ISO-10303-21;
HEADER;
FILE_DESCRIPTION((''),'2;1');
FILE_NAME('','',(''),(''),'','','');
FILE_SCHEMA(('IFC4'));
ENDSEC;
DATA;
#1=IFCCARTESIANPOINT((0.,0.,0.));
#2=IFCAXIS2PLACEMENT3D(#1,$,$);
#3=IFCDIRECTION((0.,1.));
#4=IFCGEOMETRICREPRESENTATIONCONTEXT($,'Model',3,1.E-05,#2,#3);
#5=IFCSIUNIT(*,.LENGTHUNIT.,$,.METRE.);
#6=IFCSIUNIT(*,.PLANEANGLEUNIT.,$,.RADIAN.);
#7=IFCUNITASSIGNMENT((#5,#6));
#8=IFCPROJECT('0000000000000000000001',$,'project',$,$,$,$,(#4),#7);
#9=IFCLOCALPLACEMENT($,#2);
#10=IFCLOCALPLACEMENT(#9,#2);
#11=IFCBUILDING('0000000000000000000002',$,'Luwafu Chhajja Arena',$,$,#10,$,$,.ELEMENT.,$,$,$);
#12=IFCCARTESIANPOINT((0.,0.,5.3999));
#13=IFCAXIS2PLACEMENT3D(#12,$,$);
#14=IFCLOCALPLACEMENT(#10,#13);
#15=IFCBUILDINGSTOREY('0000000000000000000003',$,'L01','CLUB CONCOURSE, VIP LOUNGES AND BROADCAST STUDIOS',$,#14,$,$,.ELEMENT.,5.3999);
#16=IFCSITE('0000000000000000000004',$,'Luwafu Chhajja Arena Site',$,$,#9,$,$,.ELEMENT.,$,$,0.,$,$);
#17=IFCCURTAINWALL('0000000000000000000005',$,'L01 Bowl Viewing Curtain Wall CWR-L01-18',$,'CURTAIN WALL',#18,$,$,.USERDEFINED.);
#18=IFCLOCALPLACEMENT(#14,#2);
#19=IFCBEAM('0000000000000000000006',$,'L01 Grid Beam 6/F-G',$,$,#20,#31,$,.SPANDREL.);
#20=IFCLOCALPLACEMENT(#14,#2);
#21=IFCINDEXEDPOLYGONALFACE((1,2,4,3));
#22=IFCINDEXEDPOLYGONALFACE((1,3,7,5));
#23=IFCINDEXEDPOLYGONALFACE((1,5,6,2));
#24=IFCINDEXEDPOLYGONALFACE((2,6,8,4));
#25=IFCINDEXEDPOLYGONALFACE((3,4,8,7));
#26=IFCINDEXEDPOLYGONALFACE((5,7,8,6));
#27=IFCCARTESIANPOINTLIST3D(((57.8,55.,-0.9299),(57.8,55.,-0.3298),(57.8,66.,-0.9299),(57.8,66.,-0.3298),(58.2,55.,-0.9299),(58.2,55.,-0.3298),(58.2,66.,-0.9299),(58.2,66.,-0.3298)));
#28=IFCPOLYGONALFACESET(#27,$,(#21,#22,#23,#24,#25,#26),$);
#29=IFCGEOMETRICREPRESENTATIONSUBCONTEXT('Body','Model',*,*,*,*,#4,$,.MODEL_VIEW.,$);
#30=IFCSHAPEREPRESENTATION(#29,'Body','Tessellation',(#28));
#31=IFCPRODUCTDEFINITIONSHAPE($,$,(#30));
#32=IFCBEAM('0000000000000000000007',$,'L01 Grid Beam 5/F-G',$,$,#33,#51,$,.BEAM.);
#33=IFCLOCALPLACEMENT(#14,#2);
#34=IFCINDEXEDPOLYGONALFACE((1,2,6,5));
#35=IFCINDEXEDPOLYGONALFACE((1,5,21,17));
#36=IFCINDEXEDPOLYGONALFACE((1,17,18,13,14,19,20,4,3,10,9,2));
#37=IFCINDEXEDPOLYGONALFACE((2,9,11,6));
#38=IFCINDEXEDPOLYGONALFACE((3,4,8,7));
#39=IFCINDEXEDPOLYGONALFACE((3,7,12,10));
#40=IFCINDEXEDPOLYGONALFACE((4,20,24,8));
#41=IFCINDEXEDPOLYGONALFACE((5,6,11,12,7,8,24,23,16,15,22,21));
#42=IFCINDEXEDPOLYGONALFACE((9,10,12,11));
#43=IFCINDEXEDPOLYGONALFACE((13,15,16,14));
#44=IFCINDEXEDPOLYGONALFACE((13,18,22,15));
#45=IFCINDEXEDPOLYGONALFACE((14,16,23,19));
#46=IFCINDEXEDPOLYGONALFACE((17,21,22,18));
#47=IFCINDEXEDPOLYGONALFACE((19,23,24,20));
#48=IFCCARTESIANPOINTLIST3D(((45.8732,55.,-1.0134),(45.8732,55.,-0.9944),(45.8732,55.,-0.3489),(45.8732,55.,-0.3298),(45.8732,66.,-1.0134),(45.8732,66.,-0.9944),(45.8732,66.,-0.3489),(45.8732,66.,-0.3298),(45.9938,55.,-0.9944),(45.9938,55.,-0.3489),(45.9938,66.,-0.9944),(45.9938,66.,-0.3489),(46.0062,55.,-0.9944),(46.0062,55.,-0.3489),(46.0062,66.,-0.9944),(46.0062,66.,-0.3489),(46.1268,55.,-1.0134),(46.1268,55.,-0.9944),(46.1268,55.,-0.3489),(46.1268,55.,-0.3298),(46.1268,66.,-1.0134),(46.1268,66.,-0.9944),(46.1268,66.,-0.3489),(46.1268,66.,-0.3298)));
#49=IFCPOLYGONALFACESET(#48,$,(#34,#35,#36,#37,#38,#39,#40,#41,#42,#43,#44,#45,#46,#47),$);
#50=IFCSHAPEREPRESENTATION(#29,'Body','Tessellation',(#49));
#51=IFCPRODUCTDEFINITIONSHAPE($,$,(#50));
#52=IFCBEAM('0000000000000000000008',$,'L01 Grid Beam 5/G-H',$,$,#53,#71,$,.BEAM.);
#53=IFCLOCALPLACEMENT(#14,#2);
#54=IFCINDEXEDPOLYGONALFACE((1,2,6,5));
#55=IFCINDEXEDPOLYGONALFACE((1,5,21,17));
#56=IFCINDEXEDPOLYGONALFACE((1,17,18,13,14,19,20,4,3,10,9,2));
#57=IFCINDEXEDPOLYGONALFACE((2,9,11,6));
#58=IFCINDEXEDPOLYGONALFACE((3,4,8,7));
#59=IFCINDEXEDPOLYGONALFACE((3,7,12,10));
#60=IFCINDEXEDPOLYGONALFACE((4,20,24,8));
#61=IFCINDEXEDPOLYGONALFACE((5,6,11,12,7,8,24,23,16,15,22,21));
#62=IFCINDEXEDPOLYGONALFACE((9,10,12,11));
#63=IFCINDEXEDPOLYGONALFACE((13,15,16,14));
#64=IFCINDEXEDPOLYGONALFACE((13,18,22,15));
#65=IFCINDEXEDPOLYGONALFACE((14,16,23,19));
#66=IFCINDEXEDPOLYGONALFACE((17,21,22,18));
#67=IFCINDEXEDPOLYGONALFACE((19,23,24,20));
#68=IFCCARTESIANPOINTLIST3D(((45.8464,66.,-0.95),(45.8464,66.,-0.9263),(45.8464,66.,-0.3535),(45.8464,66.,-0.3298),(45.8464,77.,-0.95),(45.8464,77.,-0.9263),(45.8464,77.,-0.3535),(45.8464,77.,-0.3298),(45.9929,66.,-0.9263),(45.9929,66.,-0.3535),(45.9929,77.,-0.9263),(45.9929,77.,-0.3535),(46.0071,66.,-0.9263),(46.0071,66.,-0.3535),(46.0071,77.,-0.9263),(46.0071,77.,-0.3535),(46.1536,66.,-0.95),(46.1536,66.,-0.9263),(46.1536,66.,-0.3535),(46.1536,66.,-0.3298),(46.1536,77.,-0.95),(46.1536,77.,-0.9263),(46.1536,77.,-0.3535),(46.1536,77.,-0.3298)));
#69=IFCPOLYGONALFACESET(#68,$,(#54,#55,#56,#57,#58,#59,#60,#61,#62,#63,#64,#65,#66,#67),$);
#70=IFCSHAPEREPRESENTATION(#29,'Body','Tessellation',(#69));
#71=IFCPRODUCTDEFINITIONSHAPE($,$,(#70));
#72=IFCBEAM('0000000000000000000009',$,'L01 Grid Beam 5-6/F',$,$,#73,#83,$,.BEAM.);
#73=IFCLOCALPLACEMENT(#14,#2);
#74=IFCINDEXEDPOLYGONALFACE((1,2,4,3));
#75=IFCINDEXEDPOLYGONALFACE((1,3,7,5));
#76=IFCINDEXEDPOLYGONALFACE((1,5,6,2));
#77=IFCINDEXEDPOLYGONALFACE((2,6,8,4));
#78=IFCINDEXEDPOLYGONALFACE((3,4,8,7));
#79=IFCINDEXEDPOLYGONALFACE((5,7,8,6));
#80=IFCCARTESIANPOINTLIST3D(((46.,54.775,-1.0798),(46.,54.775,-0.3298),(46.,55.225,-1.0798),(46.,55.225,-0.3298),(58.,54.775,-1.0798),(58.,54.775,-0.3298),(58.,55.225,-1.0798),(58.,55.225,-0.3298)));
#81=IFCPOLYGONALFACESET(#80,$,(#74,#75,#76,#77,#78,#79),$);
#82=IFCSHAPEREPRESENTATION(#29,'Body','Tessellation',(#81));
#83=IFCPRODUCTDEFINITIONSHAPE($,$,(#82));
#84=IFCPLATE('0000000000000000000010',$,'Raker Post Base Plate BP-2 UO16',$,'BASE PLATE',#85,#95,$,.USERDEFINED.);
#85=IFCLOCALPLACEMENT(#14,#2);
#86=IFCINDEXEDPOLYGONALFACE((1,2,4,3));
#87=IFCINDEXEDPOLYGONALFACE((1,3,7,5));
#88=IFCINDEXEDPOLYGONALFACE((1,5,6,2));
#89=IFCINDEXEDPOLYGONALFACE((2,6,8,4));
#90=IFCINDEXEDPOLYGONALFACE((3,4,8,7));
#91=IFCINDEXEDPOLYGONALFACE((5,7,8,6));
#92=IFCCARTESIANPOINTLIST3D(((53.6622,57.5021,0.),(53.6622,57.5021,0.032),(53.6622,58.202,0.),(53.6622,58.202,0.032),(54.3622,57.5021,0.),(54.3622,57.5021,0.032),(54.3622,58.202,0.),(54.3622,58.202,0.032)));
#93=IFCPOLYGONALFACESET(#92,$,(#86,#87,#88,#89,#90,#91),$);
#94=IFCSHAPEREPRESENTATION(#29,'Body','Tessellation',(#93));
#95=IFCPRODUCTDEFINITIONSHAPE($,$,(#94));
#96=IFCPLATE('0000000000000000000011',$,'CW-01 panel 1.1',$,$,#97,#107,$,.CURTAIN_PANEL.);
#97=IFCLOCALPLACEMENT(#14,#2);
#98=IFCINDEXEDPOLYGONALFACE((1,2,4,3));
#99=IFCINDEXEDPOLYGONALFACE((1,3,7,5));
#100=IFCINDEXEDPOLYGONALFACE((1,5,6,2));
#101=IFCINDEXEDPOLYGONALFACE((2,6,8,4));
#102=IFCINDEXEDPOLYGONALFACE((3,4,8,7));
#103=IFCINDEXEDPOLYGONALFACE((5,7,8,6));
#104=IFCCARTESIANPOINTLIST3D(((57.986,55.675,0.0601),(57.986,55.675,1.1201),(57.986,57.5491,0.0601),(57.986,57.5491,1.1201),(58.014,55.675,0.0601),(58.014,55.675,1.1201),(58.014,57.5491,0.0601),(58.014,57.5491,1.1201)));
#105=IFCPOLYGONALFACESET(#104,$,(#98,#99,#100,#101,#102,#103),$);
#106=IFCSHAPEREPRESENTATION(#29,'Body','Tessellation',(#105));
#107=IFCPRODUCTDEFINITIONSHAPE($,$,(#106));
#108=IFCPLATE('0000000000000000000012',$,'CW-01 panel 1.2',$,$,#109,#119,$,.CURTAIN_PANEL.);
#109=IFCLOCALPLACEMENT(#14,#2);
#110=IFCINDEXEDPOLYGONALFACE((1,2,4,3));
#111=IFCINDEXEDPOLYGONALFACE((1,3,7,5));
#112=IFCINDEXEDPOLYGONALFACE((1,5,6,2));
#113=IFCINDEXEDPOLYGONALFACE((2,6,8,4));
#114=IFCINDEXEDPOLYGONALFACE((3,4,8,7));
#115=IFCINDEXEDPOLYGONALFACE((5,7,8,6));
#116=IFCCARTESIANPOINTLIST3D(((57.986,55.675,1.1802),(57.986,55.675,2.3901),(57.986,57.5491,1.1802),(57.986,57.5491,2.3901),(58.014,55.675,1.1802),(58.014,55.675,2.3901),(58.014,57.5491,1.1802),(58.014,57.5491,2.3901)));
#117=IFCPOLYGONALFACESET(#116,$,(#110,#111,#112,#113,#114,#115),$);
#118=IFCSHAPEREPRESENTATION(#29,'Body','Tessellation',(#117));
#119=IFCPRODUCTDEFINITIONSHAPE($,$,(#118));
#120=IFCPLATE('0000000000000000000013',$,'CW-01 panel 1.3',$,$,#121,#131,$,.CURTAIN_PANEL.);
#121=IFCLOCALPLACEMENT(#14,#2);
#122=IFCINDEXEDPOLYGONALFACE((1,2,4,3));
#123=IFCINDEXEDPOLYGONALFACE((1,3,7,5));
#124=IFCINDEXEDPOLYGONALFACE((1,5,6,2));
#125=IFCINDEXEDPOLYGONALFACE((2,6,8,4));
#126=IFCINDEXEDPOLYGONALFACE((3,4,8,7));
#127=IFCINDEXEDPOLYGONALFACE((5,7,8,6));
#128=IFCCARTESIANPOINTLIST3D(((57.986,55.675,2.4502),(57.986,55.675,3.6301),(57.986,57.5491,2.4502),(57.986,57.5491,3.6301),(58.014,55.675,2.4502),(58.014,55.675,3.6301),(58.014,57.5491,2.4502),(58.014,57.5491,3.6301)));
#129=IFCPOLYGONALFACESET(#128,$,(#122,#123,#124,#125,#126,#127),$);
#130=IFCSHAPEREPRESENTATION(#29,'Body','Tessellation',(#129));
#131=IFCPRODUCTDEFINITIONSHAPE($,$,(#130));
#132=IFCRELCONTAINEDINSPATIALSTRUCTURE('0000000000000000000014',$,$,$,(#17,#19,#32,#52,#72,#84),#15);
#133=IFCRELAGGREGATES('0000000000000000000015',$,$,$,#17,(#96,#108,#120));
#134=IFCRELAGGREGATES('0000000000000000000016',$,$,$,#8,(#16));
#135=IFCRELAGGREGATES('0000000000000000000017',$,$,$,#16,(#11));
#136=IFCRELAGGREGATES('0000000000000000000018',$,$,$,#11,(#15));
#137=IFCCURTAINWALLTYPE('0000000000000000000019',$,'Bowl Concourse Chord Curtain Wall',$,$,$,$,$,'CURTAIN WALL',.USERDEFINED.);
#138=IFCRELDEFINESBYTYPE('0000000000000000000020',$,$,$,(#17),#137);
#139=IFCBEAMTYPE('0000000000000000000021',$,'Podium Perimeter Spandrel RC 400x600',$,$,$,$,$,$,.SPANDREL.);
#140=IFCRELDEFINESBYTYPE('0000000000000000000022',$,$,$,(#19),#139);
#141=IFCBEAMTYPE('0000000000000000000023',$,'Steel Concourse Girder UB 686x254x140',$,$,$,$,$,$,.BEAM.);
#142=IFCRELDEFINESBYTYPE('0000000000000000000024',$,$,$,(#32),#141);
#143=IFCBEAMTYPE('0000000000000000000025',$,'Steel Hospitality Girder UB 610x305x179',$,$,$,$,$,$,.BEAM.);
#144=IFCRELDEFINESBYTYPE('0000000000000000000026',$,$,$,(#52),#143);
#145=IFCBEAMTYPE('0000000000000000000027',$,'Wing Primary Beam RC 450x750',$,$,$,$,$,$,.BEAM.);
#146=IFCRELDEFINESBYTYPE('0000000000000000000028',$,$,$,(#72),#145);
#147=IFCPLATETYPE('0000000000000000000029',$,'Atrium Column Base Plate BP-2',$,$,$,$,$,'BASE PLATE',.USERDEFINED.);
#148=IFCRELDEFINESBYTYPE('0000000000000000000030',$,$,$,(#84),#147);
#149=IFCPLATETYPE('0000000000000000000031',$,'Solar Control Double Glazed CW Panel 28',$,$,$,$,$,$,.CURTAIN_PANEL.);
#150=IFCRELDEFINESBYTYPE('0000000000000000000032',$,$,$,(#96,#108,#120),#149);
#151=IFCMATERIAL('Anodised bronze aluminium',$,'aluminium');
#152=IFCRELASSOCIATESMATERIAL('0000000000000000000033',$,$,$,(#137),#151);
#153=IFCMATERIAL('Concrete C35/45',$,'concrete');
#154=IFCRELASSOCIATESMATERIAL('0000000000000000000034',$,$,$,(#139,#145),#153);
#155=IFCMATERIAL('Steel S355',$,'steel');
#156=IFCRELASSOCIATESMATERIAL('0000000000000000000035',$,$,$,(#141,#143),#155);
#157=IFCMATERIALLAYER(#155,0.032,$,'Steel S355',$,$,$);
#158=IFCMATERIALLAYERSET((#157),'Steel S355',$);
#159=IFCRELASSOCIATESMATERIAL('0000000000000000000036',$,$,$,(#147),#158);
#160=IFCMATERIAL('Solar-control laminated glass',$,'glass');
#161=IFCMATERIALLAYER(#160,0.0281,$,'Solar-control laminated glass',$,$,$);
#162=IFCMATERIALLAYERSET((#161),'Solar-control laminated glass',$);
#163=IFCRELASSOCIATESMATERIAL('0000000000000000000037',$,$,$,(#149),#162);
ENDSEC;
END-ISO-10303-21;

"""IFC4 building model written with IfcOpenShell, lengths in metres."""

from ifc_helpers import new_model, si_unit, direction, frame, origin, origin_2d, place, context, subcontext, project, spatial, rectangle, i_section, extrude, material, layer, layer_set, material_profile, profile_set, type_object, element, aggregate, save


model = new_model("IFC4")

# Units and contexts
model_context = context("Model", 3, precision=1e-05, world=origin(), true_north=direction((0.0, 1.0)))
body_context = subcontext(model_context, "Body", "Model", "MODEL_VIEW")
ifc_project = project(units=[si_unit("LENGTHUNIT", "METRE"), si_unit("PLANEANGLEUNIT", "RADIAN")], contexts=[model_context])

# Site, building, storey
site_placement = place(None, origin())
site = spatial("IfcSite", under=ifc_project, at=site_placement, Name="Luwafu Chhajja Arena Site", CompositionType="ELEMENT", RefElevation=0.0)
building_placement = place(site_placement, origin())
building = spatial("IfcBuilding", under=site, at=building_placement, Name="Luwafu Chhajja Arena", CompositionType="ELEMENT")
storey_placement = place(building_placement, frame((0.0, 0.0, 5.3999)))
storey = spatial("IfcBuildingStorey", under=building, at=storey_placement, Name="L01", Description="CLUB CONCOURSE, VIP LOUNGES AND BROADCAST STUDIOS", CompositionType="ELEMENT", Elevation=5.3999)

# Shared definitions
ifc_material_1 = material(Name="Concrete C35/45", Category="concrete")
ifc_material_2 = material(Name="Steel S355", Category="steel")

# Curtain wall
ifc_material_3 = material(Name="Anodised bronze aluminium", Category="aluminium")
curtain_wall_type = type_object("IfcCurtainWallType", Name="Bowl Concourse Chord Curtain Wall", ElementType="CURTAIN WALL", PredefinedType="USERDEFINED", material=ifc_material_3)
curtain_wall_placement = place(storey_placement, origin())
curtain_wall = element("IfcCurtainWall", 1, at=curtain_wall_placement, inside=storey, type_object=curtain_wall_type, Name="L01 Bowl Viewing Curtain Wall CWR-L01-18", ObjectType="CURTAIN WALL", PredefinedType="USERDEFINED")

# Beams
ifc_material_profile_1 = material_profile(ifc_material_1, rectangle(XDim=0.3999, YDim=0.6001, at=origin_2d()), Name="RC 400x600")
ifc_profile_set_1 = profile_set([ifc_material_profile_1], Name="Concrete C35/45")
beam_type_1 = type_object("IfcBeamType", Name="Podium Perimeter Spandrel RC 400x600", PredefinedType="SPANDREL", material=ifc_profile_set_1)
beam_1_placement = place(storey_placement, frame((58.0, 55.0, -0.6299), z_axis=(0.0, 1.0, 0.0), x_axis=(-1.0, 0.0, 0.0)))
element("IfcBeam", 2, at=beam_1_placement, inside=storey, type_object=beam_type_1, Name="L01 Grid Beam 6/F-G", PredefinedType="SPANDREL", context=body_context, shape_type="SweptSolid", body=[
    extrude(rectangle(XDim=0.3999, YDim=0.6001, at=origin_2d()), origin(), (0.0, 0.0, 1.0), 11.0),
])
ifc_material_profile_2 = material_profile(ifc_material_2, i_section(OverallWidth=0.2537, OverallDepth=0.6836, WebThickness=0.0125, FlangeThickness=0.019, at=origin_2d()), Name="UB 686x254x140")
ifc_profile_set_2 = profile_set([ifc_material_profile_2], Name="Steel S355")
beam_type_2 = type_object("IfcBeamType", Name="Steel Concourse Girder UB 686x254x140", PredefinedType="BEAM", material=ifc_profile_set_2)
beam_2_placement = place(storey_placement, frame((46.0, 55.0, -0.6716), z_axis=(0.0, 1.0, 0.0), x_axis=(-1.0, 0.0, 0.0)))
element("IfcBeam", 3, at=beam_2_placement, inside=storey, type_object=beam_type_2, Name="L01 Grid Beam 5/F-G", PredefinedType="BEAM", context=body_context, shape_type="SweptSolid", body=[
    extrude(i_section(OverallWidth=0.2537, OverallDepth=0.6836, WebThickness=0.0125, FlangeThickness=0.019, at=origin_2d()), origin(), (0.0, 0.0, 1.0), 11.0),
])
ifc_material_profile_3 = material_profile(ifc_material_2, i_section(OverallWidth=0.3071, OverallDepth=0.6201, WebThickness=0.0142, FlangeThickness=0.0237, at=origin_2d()), Name="UB 610x305x179")
ifc_profile_set_3 = profile_set([ifc_material_profile_3], Name="Steel S355")
beam_type_3 = type_object("IfcBeamType", Name="Steel Hospitality Girder UB 610x305x179", PredefinedType="BEAM", material=ifc_profile_set_3)
beam_3_placement = place(storey_placement, frame((46.0, 66.0, -0.6399), z_axis=(0.0, 1.0, 0.0), x_axis=(-1.0, 0.0, 0.0)))
element("IfcBeam", 4, at=beam_3_placement, inside=storey, type_object=beam_type_3, Name="L01 Grid Beam 5/G-H", PredefinedType="BEAM", context=body_context, shape_type="SweptSolid", body=[
    extrude(i_section(OverallWidth=0.3071, OverallDepth=0.6201, WebThickness=0.0142, FlangeThickness=0.0237, at=origin_2d()), origin(), (0.0, 0.0, 1.0), 11.0),
])
ifc_material_profile_4 = material_profile(ifc_material_1, rectangle(XDim=0.45, YDim=0.75, at=origin_2d()), Name="RC 450x750")
ifc_profile_set_4 = profile_set([ifc_material_profile_4], Name="Concrete C35/45")
beam_type_4 = type_object("IfcBeamType", Name="Wing Primary Beam RC 450x750", PredefinedType="BEAM", material=ifc_profile_set_4)
beam_4_placement = place(storey_placement, frame((46.0, 55.0, -0.7048), z_axis=(1.0, 0.0, 0.0), x_axis=(0.0, 1.0, 0.0)))
element("IfcBeam", 5, at=beam_4_placement, inside=storey, type_object=beam_type_4, Name="L01 Grid Beam 5-6/F", PredefinedType="BEAM", context=body_context, shape_type="SweptSolid", body=[
    extrude(rectangle(XDim=0.45, YDim=0.75, at=origin_2d()), origin(), (0.0, 0.0, 1.0), 12.0),
])

# Plates
ifc_layer_1 = layer(ifc_material_2, 0.032, Name="Steel S355")
ifc_layer_set_1 = layer_set([ifc_layer_1], Name="Steel S355")
plate_type_1 = type_object("IfcPlateType", Name="Atrium Column Base Plate BP-2", ElementType="BASE PLATE", PredefinedType="USERDEFINED", material=ifc_layer_set_1)
plate_1_placement = place(storey_placement, frame((54.0122, 57.8521, 0.0), z_axis=(0.0, 0.0, 1.0), x_axis=(1.0, 0.0, 0.0)))
element("IfcPlate", 6, at=plate_1_placement, inside=storey, type_object=plate_type_1, Name="Raker Post Base Plate BP-2 UO16", ObjectType="BASE PLATE", PredefinedType="USERDEFINED", context=body_context, shape_type="SweptSolid", body=[
    extrude(rectangle(XDim=0.7, YDim=0.7, at=origin_2d()), origin(), (0.0, 0.0, 1.0), 0.032),
])
ifc_material_4 = material(Name="Solar-control laminated glass", Category="glass")
ifc_layer_2 = layer(ifc_material_4, 0.0281, Name="Solar-control laminated glass")
ifc_layer_set_2 = layer_set([ifc_layer_2], Name="Solar-control laminated glass")
plate_type_2 = type_object("IfcPlateType", Name="Solar Control Double Glazed CW Panel 28", PredefinedType="CURTAIN_PANEL", material=ifc_layer_set_2)
plate_2_placement = place(storey_placement, frame((58.0, 56.6121, 0.0601), z_axis=(0.0, 0.0, 1.0), x_axis=(0.0, 1.0, 0.0)))
plate_2 = element("IfcPlate", 7, at=plate_2_placement, type_object=plate_type_2, Name="CW-01 panel 1.1", PredefinedType="CURTAIN_PANEL", context=body_context, shape_type="SweptSolid", body=[
    extrude(rectangle(XDim=1.874, YDim=0.0281, at=origin_2d()), origin(), (0.0, 0.0, 1.0), 1.0601),
])
plate_3_placement = place(storey_placement, frame((58.0, 56.6121, 1.1802), z_axis=(0.0, 0.0, 1.0), x_axis=(0.0, 1.0, 0.0)))
plate_3 = element("IfcPlate", 8, at=plate_3_placement, type_object=plate_type_2, Name="CW-01 panel 1.2", PredefinedType="CURTAIN_PANEL", context=body_context, shape_type="SweptSolid", body=[
    extrude(rectangle(XDim=1.874, YDim=0.0281, at=origin_2d()), origin(), (0.0, 0.0, 1.0), 1.21),
])
plate_4_placement = place(storey_placement, frame((58.0, 56.6121, 2.4502), z_axis=(0.0, 0.0, 1.0), x_axis=(0.0, 1.0, 0.0)))
plate_4 = element("IfcPlate", 9, at=plate_4_placement, type_object=plate_type_2, Name="CW-01 panel 1.3", PredefinedType="CURTAIN_PANEL", context=body_context, shape_type="SweptSolid", body=[
    extrude(rectangle(XDim=1.874, YDim=0.0281, at=origin_2d()), origin(), (0.0, 0.0, 1.0), 1.1799),
])
aggregate(curtain_wall, [plate_2, plate_3, plate_4])

save(model, "model.ifc")
